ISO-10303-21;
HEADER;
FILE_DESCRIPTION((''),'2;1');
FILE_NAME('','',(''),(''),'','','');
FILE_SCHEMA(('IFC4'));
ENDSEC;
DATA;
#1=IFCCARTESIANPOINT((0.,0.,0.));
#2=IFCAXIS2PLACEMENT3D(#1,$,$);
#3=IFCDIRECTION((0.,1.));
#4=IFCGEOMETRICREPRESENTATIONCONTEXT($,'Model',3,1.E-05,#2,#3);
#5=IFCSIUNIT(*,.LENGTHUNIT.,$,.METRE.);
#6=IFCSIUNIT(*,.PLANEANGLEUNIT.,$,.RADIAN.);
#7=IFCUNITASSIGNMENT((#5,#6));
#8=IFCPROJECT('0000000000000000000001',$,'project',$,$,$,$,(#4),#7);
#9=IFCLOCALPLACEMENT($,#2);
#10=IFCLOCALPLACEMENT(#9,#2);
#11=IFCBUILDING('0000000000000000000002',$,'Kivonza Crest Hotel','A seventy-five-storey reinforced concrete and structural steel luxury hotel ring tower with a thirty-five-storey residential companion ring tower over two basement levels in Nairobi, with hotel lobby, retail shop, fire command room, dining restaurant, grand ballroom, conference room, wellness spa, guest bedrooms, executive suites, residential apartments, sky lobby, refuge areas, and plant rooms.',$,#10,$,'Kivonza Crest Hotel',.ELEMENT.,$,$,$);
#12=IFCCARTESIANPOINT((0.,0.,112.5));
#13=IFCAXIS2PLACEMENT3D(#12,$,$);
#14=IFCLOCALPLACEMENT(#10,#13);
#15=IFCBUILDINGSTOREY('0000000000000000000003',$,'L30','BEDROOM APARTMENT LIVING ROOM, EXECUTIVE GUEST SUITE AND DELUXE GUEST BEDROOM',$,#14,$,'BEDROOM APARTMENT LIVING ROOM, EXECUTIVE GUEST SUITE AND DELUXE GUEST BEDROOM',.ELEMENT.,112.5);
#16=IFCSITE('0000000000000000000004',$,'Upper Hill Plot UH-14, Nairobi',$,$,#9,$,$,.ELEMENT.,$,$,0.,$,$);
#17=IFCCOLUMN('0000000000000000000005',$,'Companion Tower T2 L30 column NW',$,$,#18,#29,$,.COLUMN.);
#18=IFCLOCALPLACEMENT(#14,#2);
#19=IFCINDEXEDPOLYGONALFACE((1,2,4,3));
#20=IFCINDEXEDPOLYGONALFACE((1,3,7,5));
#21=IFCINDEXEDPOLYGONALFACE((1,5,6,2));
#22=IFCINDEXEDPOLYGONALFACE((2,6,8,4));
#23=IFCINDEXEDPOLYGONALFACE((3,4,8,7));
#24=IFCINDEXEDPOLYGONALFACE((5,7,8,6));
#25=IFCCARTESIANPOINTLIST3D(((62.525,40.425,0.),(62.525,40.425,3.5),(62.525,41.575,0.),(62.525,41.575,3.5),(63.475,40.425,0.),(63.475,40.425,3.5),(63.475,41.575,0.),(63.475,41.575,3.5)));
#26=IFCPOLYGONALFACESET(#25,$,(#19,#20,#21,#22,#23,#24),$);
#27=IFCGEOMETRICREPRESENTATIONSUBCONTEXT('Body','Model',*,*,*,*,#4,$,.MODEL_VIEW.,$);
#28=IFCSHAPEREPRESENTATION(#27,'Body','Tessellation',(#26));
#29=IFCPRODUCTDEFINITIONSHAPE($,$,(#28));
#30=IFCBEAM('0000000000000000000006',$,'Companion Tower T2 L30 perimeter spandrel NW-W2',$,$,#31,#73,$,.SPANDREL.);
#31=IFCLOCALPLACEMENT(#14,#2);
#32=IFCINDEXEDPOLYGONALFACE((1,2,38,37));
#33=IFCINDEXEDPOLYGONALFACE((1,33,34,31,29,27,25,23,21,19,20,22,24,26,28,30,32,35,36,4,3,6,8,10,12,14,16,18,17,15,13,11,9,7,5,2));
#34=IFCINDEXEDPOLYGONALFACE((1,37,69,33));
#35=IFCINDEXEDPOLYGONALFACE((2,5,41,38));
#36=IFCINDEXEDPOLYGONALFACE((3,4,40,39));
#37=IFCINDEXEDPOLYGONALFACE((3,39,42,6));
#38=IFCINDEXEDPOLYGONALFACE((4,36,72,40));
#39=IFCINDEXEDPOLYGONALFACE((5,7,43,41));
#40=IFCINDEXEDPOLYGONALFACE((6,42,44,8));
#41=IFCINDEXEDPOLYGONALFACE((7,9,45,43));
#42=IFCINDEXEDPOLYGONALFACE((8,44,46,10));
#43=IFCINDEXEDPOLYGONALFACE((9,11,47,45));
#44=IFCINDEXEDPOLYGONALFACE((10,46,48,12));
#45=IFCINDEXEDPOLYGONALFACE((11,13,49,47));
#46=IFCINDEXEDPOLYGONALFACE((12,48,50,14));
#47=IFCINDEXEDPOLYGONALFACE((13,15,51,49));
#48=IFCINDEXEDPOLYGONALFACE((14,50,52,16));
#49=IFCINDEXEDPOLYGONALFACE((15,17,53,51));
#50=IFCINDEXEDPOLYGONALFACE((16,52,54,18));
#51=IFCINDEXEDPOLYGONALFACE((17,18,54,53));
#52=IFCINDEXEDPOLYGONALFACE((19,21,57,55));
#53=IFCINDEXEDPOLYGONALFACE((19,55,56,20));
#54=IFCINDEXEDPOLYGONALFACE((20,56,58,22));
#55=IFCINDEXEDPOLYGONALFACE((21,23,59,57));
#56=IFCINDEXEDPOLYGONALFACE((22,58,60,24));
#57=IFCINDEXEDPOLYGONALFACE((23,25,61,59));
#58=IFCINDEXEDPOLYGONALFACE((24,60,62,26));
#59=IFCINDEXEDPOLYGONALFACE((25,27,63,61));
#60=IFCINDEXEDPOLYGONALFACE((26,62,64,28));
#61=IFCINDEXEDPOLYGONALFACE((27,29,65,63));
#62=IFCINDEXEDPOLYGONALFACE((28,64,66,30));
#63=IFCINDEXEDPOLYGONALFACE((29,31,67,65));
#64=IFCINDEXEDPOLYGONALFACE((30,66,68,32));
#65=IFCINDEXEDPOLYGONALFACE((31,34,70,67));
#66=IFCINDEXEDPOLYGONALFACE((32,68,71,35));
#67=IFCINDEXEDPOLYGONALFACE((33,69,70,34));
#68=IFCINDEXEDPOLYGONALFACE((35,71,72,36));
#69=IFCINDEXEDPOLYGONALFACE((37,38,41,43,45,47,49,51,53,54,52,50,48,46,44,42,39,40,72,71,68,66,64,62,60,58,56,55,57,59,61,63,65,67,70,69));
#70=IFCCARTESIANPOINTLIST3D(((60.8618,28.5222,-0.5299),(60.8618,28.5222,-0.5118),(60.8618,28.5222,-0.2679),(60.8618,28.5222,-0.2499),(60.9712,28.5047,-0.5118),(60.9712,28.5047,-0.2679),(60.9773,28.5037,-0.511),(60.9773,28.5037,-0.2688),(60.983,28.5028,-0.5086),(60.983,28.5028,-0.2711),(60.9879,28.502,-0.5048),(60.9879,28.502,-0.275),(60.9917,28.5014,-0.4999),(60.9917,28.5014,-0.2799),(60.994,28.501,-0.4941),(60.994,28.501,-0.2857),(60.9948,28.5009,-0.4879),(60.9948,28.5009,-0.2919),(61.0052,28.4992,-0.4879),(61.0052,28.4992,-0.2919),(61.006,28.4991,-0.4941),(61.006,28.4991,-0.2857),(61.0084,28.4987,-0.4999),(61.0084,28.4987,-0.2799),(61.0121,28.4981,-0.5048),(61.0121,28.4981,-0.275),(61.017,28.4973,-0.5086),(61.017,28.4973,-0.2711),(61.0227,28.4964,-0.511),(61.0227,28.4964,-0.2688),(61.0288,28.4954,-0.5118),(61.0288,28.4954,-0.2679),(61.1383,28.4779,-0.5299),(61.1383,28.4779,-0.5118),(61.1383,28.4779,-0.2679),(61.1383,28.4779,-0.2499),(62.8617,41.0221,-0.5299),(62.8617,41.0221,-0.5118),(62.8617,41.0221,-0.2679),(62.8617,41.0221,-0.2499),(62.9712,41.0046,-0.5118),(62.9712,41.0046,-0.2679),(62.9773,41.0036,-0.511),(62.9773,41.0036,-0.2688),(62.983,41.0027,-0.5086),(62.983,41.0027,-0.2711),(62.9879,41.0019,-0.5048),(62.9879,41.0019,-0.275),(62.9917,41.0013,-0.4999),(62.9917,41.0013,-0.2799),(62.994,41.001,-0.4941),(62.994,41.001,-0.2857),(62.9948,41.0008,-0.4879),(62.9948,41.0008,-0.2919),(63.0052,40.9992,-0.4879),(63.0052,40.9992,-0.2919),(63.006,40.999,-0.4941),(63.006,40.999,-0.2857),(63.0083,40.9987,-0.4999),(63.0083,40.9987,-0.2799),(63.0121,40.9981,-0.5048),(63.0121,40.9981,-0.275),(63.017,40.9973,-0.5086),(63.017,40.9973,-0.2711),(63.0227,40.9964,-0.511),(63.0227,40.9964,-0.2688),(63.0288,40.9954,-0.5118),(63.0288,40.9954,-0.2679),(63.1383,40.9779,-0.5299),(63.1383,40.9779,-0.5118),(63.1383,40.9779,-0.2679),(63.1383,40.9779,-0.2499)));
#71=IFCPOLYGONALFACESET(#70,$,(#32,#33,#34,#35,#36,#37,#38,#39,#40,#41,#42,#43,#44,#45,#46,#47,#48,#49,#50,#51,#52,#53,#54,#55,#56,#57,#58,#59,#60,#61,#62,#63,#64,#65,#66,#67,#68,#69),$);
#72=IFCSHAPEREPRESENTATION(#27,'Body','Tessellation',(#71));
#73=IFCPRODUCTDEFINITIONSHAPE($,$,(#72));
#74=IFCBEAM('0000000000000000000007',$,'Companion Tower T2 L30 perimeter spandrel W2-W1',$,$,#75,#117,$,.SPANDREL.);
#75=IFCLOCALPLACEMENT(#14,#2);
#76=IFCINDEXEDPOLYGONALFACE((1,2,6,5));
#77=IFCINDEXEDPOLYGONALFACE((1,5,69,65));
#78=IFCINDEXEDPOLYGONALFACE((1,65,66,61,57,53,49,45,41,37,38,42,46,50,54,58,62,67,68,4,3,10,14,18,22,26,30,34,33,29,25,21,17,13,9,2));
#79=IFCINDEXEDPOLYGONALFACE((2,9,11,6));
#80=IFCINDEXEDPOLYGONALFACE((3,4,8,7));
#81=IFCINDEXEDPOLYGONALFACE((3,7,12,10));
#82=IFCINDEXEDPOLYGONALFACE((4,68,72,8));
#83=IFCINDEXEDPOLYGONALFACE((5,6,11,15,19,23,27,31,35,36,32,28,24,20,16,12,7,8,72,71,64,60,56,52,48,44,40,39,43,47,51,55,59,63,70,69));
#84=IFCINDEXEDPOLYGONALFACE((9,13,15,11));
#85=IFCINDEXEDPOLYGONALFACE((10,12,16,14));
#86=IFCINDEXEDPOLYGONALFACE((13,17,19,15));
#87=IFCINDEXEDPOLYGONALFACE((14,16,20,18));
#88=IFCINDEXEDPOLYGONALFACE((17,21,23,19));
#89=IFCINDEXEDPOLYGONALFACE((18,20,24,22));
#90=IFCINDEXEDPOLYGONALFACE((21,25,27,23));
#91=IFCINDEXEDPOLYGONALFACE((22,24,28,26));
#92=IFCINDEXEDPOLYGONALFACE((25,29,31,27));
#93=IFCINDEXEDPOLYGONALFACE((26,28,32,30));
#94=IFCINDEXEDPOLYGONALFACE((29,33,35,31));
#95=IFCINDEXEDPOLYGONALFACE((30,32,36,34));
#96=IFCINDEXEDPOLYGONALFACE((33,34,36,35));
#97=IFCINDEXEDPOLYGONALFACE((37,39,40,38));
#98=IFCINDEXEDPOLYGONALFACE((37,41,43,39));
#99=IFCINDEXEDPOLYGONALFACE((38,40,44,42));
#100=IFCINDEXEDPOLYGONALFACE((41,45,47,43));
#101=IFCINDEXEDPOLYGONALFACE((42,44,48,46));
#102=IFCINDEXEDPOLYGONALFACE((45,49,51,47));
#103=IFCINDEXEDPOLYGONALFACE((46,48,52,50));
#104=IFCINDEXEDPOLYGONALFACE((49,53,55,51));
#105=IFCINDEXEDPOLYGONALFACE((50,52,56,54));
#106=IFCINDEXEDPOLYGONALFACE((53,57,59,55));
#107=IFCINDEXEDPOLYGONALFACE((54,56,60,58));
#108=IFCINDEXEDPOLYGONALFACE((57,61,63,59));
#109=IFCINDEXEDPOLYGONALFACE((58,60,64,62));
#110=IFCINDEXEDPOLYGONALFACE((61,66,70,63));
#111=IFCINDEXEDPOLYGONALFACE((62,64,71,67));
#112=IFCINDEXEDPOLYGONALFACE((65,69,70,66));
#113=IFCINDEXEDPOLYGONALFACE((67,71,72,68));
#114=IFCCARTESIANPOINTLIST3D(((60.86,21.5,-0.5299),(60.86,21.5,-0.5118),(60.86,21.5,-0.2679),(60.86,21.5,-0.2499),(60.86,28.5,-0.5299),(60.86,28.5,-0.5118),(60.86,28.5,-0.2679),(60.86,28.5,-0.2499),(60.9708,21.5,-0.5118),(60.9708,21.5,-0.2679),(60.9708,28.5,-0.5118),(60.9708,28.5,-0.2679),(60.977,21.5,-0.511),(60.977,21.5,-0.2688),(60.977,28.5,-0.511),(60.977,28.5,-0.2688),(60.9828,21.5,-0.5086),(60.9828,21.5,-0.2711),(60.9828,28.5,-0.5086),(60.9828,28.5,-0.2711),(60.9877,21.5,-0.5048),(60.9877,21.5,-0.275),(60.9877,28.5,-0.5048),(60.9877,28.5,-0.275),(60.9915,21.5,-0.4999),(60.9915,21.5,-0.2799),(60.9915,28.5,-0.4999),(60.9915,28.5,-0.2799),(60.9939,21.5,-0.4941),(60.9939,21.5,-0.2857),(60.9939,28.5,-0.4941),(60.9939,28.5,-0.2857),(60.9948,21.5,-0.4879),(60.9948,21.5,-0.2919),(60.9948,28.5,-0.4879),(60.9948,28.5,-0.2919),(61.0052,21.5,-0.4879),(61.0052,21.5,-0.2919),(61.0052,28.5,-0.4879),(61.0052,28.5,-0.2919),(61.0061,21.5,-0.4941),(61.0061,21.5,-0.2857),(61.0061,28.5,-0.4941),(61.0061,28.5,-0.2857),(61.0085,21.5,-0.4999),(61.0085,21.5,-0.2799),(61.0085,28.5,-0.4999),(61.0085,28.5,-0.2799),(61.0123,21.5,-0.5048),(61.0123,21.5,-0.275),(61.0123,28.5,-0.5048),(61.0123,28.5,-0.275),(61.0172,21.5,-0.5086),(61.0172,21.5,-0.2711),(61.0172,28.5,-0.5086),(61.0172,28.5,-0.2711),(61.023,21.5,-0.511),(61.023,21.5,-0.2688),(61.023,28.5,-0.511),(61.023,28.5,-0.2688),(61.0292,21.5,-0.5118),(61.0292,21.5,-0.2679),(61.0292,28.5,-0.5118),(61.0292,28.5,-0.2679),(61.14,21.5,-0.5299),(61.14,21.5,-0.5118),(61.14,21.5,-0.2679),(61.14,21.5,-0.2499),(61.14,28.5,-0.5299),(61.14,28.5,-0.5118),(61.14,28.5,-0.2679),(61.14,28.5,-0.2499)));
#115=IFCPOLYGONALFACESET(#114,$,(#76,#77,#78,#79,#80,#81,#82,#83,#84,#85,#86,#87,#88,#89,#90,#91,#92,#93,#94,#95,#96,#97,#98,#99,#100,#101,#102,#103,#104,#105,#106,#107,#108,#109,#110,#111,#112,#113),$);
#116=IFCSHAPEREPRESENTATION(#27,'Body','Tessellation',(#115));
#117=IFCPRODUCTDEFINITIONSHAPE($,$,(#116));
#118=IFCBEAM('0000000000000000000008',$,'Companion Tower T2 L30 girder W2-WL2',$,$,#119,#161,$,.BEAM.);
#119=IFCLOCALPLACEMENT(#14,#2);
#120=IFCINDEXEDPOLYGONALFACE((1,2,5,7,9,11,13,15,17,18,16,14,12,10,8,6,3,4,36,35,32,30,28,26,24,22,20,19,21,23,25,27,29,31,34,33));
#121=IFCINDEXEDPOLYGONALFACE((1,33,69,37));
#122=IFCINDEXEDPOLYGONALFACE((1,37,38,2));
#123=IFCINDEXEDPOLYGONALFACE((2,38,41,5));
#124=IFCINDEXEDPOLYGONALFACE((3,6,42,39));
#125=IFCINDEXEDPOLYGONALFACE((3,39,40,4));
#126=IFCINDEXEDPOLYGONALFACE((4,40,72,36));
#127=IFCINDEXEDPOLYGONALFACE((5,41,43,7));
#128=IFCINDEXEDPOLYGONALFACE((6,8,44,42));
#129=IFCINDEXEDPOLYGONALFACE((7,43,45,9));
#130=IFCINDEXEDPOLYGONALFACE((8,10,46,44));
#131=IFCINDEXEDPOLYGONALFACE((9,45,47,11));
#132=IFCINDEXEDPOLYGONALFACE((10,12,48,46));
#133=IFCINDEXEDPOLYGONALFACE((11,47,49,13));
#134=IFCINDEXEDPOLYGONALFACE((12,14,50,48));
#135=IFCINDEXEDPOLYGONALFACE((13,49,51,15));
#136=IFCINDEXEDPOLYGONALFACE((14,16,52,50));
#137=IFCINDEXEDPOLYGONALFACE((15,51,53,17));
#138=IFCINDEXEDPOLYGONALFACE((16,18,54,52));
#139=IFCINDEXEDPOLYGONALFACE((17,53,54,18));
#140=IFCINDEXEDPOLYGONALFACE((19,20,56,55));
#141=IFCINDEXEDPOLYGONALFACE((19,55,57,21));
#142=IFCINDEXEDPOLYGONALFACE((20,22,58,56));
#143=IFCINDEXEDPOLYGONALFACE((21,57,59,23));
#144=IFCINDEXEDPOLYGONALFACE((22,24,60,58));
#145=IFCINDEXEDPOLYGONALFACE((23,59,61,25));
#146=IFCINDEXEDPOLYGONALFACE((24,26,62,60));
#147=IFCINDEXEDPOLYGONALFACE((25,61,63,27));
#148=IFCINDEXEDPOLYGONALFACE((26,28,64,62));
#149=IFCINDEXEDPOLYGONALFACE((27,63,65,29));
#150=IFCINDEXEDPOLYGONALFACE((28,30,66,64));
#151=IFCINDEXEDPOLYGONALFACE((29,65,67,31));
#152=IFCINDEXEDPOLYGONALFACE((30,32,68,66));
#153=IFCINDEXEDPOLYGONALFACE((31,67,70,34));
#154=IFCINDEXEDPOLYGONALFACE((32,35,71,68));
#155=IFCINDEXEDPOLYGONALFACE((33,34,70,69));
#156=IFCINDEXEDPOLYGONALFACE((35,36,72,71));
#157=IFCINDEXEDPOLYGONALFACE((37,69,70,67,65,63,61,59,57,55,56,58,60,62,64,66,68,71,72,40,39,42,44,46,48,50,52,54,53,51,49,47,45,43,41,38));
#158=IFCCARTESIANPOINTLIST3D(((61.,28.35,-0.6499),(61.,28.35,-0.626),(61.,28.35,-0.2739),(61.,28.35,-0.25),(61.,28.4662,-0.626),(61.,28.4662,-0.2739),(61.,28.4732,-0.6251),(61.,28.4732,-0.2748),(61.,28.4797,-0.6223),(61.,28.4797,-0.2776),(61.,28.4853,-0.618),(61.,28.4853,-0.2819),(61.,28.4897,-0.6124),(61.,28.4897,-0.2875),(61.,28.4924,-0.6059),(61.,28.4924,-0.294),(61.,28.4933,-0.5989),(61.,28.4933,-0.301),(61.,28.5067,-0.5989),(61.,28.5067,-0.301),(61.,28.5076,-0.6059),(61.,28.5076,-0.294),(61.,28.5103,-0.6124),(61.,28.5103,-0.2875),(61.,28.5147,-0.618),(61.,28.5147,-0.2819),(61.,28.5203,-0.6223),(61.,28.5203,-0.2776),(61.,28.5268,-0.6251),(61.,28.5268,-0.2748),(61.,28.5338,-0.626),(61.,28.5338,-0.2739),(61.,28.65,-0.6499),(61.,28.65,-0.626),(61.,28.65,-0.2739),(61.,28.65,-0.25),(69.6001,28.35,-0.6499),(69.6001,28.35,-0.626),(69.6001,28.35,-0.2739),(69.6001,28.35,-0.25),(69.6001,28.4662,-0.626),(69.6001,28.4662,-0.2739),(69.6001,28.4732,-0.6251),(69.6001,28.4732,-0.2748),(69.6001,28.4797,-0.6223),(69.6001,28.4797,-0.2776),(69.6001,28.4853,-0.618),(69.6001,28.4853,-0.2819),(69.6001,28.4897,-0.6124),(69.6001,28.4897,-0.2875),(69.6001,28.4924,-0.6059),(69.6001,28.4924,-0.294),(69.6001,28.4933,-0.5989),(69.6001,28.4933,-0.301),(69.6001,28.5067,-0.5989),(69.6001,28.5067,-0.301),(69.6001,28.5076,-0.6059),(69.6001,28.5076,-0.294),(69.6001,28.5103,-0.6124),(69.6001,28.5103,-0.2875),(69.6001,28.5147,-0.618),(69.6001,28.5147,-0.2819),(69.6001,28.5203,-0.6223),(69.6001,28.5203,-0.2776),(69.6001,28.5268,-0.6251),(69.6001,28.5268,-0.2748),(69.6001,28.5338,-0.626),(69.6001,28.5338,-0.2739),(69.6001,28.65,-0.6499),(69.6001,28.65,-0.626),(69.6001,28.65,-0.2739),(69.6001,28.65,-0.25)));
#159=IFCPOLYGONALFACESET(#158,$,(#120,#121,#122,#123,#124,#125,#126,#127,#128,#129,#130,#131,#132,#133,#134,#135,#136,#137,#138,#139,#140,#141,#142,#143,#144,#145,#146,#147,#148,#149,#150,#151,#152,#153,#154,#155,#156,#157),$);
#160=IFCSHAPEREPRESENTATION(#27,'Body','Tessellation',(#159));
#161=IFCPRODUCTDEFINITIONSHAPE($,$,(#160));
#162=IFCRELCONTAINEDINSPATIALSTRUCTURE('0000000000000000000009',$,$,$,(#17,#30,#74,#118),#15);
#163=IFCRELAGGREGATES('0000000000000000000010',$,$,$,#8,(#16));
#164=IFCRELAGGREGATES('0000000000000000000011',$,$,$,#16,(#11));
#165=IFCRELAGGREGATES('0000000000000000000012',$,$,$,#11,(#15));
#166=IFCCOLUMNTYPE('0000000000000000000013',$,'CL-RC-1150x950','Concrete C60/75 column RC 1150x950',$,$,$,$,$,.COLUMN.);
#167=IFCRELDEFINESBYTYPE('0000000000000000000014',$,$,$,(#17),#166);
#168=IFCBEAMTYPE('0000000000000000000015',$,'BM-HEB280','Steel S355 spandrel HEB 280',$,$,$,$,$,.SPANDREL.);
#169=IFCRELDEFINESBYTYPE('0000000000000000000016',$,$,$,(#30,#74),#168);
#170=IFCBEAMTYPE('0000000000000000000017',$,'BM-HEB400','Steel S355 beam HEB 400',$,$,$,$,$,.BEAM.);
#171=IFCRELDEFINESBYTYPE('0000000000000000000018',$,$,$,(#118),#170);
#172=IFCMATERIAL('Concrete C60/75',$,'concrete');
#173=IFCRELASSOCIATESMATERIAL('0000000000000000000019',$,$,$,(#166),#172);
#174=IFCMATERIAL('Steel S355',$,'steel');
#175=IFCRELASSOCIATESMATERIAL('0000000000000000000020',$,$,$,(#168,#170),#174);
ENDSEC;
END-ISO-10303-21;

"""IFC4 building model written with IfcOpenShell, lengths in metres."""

from ifc_helpers import new_model, si_unit, direction, frame, origin, origin_2d, place, context, subcontext, project, spatial, rectangle, i_section, extrude, material, material_profile, profile_set, type_object, element, save


model = new_model("IFC4")

# Units and contexts
model_context = context("Model", 3, precision=1e-05, world=origin(), true_north=direction((0.0, 1.0)))
body_context = subcontext(model_context, "Body", "Model", "MODEL_VIEW")
ifc_project = project(units=[si_unit("LENGTHUNIT", "METRE"), si_unit("PLANEANGLEUNIT", "RADIAN")], contexts=[model_context])

# Site, building, storey
site_placement = place(None, origin())
site = spatial("IfcSite", under=ifc_project, at=site_placement, Name="Upper Hill Plot UH-14, Nairobi", CompositionType="ELEMENT", RefElevation=0.0)
building_placement = place(site_placement, origin())
building = spatial("IfcBuilding", under=site, at=building_placement, Name="Kivonza Crest Hotel", Description="A seventy-five-storey reinforced concrete and structural steel luxury hotel ring tower with a thirty-five-storey residential companion ring tower over two basement levels in Nairobi, with hotel lobby, retail shop, fire command room, dining restaurant, grand ballroom, conference room, wellness spa, guest bedrooms, executive suites, residential apartments, sky lobby, refuge areas, and plant rooms.", LongName="Kivonza Crest Hotel", CompositionType="ELEMENT")
storey_placement = place(building_placement, frame((0.0, 0.0, 112.5)))
storey = spatial("IfcBuildingStorey", under=building, at=storey_placement, Name="L30", Description="BEDROOM APARTMENT LIVING ROOM, EXECUTIVE GUEST SUITE AND DELUXE GUEST BEDROOM", LongName="BEDROOM APARTMENT LIVING ROOM, EXECUTIVE GUEST SUITE AND DELUXE GUEST BEDROOM", CompositionType="ELEMENT", Elevation=112.5)

# Column
ifc_material_1 = material(Name="Concrete C60/75", Category="concrete")
ifc_material_profile_1 = material_profile(ifc_material_1, rectangle(XDim=0.95, YDim=1.1499, at=origin_2d()), Name="RC 1150x950")
ifc_profile_set_1 = profile_set([ifc_material_profile_1], Name="Concrete C60/75")
column_type = type_object("IfcColumnType", Name="CL-RC-1150x950", Description="Concrete C60/75 column RC 1150x950", PredefinedType="COLUMN", material=ifc_profile_set_1)
column_placement = place(storey_placement, frame((63.0, 41.0, 0.0), z_axis=(0.0, 0.0, 1.0), x_axis=(1.0, 0.0, 0.0)))
element("IfcColumn", 1, at=column_placement, inside=storey, type_object=column_type, Name="Companion Tower T2 L30 column NW", PredefinedType="COLUMN", context=body_context, shape_type="SweptSolid", body=[
    extrude(rectangle(XDim=0.95, YDim=1.1499, at=origin_2d()), origin(), (0.0, 0.0, 1.0), 3.5),
])

# Beams
ifc_material_2 = material(Name="Steel S355", Category="steel")
ifc_material_profile_2 = material_profile(ifc_material_2, i_section(OverallWidth=0.28, OverallDepth=0.28, WebThickness=0.0105, FlangeThickness=0.0181, FilletRadius=0.0239, at=origin_2d()), Name="HEB 280")
ifc_profile_set_2 = profile_set([ifc_material_profile_2], Name="Steel S355")
beam_type_1 = type_object("IfcBeamType", Name="BM-HEB280", Description="Steel S355 spandrel HEB 280", PredefinedType="SPANDREL", material=ifc_profile_set_2)
beam_1_placement = place(storey_placement, frame((63.0, 41.0, -0.3899), z_axis=(-0.157991, -0.987441, 0.0), x_axis=(0.987441, -0.157991, 0.0)))
element("IfcBeam", 2, at=beam_1_placement, inside=storey, type_object=beam_type_1, Name="Companion Tower T2 L30 perimeter spandrel NW-W2", PredefinedType="SPANDREL", context=body_context, shape_type="SweptSolid", body=[
    extrude(i_section(OverallWidth=0.28, OverallDepth=0.28, WebThickness=0.0105, FlangeThickness=0.0181, FilletRadius=0.0239, at=origin_2d()), origin(), (0.0, 0.0, 1.0), 12.6589),
])
beam_2_placement = place(storey_placement, frame((61.0, 28.5, -0.3899), z_axis=(0.0, -1.0, 0.0), x_axis=(1.0, 0.0, 0.0)))
element("IfcBeam", 3, at=beam_2_placement, inside=storey, type_object=beam_type_1, Name="Companion Tower T2 L30 perimeter spandrel W2-W1", PredefinedType="SPANDREL", context=body_context, shape_type="SweptSolid", body=[
    extrude(i_section(OverallWidth=0.28, OverallDepth=0.28, WebThickness=0.0105, FlangeThickness=0.0181, FilletRadius=0.0239, at=origin_2d()), origin(), (0.0, 0.0, 1.0), 7.0),
])
ifc_material_profile_3 = material_profile(ifc_material_2, i_section(OverallWidth=0.3, OverallDepth=0.3999, WebThickness=0.0134, FlangeThickness=0.0239, FilletRadius=0.0271, at=origin_2d()), Name="HEB 400")
ifc_profile_set_3 = profile_set([ifc_material_profile_3], Name="Steel S355")
beam_type_2 = type_object("IfcBeamType", Name="BM-HEB400", Description="Steel S355 beam HEB 400", PredefinedType="BEAM", material=ifc_profile_set_3)
beam_3_placement = place(storey_placement, frame((61.0, 28.5, -0.45), z_axis=(1.0, 0.0, 0.0), x_axis=(0.0, 1.0, 0.0)))
element("IfcBeam", 4, at=beam_3_placement, inside=storey, type_object=beam_type_2, Name="Companion Tower T2 L30 girder W2-WL2", PredefinedType="BEAM", context=body_context, shape_type="SweptSolid", body=[
    extrude(i_section(OverallWidth=0.3, OverallDepth=0.3999, WebThickness=0.0134, FlangeThickness=0.0239, FilletRadius=0.0271, at=origin_2d()), origin(), (0.0, 0.0, 1.0), 8.6001),
])

save(model, "model.ifc")
